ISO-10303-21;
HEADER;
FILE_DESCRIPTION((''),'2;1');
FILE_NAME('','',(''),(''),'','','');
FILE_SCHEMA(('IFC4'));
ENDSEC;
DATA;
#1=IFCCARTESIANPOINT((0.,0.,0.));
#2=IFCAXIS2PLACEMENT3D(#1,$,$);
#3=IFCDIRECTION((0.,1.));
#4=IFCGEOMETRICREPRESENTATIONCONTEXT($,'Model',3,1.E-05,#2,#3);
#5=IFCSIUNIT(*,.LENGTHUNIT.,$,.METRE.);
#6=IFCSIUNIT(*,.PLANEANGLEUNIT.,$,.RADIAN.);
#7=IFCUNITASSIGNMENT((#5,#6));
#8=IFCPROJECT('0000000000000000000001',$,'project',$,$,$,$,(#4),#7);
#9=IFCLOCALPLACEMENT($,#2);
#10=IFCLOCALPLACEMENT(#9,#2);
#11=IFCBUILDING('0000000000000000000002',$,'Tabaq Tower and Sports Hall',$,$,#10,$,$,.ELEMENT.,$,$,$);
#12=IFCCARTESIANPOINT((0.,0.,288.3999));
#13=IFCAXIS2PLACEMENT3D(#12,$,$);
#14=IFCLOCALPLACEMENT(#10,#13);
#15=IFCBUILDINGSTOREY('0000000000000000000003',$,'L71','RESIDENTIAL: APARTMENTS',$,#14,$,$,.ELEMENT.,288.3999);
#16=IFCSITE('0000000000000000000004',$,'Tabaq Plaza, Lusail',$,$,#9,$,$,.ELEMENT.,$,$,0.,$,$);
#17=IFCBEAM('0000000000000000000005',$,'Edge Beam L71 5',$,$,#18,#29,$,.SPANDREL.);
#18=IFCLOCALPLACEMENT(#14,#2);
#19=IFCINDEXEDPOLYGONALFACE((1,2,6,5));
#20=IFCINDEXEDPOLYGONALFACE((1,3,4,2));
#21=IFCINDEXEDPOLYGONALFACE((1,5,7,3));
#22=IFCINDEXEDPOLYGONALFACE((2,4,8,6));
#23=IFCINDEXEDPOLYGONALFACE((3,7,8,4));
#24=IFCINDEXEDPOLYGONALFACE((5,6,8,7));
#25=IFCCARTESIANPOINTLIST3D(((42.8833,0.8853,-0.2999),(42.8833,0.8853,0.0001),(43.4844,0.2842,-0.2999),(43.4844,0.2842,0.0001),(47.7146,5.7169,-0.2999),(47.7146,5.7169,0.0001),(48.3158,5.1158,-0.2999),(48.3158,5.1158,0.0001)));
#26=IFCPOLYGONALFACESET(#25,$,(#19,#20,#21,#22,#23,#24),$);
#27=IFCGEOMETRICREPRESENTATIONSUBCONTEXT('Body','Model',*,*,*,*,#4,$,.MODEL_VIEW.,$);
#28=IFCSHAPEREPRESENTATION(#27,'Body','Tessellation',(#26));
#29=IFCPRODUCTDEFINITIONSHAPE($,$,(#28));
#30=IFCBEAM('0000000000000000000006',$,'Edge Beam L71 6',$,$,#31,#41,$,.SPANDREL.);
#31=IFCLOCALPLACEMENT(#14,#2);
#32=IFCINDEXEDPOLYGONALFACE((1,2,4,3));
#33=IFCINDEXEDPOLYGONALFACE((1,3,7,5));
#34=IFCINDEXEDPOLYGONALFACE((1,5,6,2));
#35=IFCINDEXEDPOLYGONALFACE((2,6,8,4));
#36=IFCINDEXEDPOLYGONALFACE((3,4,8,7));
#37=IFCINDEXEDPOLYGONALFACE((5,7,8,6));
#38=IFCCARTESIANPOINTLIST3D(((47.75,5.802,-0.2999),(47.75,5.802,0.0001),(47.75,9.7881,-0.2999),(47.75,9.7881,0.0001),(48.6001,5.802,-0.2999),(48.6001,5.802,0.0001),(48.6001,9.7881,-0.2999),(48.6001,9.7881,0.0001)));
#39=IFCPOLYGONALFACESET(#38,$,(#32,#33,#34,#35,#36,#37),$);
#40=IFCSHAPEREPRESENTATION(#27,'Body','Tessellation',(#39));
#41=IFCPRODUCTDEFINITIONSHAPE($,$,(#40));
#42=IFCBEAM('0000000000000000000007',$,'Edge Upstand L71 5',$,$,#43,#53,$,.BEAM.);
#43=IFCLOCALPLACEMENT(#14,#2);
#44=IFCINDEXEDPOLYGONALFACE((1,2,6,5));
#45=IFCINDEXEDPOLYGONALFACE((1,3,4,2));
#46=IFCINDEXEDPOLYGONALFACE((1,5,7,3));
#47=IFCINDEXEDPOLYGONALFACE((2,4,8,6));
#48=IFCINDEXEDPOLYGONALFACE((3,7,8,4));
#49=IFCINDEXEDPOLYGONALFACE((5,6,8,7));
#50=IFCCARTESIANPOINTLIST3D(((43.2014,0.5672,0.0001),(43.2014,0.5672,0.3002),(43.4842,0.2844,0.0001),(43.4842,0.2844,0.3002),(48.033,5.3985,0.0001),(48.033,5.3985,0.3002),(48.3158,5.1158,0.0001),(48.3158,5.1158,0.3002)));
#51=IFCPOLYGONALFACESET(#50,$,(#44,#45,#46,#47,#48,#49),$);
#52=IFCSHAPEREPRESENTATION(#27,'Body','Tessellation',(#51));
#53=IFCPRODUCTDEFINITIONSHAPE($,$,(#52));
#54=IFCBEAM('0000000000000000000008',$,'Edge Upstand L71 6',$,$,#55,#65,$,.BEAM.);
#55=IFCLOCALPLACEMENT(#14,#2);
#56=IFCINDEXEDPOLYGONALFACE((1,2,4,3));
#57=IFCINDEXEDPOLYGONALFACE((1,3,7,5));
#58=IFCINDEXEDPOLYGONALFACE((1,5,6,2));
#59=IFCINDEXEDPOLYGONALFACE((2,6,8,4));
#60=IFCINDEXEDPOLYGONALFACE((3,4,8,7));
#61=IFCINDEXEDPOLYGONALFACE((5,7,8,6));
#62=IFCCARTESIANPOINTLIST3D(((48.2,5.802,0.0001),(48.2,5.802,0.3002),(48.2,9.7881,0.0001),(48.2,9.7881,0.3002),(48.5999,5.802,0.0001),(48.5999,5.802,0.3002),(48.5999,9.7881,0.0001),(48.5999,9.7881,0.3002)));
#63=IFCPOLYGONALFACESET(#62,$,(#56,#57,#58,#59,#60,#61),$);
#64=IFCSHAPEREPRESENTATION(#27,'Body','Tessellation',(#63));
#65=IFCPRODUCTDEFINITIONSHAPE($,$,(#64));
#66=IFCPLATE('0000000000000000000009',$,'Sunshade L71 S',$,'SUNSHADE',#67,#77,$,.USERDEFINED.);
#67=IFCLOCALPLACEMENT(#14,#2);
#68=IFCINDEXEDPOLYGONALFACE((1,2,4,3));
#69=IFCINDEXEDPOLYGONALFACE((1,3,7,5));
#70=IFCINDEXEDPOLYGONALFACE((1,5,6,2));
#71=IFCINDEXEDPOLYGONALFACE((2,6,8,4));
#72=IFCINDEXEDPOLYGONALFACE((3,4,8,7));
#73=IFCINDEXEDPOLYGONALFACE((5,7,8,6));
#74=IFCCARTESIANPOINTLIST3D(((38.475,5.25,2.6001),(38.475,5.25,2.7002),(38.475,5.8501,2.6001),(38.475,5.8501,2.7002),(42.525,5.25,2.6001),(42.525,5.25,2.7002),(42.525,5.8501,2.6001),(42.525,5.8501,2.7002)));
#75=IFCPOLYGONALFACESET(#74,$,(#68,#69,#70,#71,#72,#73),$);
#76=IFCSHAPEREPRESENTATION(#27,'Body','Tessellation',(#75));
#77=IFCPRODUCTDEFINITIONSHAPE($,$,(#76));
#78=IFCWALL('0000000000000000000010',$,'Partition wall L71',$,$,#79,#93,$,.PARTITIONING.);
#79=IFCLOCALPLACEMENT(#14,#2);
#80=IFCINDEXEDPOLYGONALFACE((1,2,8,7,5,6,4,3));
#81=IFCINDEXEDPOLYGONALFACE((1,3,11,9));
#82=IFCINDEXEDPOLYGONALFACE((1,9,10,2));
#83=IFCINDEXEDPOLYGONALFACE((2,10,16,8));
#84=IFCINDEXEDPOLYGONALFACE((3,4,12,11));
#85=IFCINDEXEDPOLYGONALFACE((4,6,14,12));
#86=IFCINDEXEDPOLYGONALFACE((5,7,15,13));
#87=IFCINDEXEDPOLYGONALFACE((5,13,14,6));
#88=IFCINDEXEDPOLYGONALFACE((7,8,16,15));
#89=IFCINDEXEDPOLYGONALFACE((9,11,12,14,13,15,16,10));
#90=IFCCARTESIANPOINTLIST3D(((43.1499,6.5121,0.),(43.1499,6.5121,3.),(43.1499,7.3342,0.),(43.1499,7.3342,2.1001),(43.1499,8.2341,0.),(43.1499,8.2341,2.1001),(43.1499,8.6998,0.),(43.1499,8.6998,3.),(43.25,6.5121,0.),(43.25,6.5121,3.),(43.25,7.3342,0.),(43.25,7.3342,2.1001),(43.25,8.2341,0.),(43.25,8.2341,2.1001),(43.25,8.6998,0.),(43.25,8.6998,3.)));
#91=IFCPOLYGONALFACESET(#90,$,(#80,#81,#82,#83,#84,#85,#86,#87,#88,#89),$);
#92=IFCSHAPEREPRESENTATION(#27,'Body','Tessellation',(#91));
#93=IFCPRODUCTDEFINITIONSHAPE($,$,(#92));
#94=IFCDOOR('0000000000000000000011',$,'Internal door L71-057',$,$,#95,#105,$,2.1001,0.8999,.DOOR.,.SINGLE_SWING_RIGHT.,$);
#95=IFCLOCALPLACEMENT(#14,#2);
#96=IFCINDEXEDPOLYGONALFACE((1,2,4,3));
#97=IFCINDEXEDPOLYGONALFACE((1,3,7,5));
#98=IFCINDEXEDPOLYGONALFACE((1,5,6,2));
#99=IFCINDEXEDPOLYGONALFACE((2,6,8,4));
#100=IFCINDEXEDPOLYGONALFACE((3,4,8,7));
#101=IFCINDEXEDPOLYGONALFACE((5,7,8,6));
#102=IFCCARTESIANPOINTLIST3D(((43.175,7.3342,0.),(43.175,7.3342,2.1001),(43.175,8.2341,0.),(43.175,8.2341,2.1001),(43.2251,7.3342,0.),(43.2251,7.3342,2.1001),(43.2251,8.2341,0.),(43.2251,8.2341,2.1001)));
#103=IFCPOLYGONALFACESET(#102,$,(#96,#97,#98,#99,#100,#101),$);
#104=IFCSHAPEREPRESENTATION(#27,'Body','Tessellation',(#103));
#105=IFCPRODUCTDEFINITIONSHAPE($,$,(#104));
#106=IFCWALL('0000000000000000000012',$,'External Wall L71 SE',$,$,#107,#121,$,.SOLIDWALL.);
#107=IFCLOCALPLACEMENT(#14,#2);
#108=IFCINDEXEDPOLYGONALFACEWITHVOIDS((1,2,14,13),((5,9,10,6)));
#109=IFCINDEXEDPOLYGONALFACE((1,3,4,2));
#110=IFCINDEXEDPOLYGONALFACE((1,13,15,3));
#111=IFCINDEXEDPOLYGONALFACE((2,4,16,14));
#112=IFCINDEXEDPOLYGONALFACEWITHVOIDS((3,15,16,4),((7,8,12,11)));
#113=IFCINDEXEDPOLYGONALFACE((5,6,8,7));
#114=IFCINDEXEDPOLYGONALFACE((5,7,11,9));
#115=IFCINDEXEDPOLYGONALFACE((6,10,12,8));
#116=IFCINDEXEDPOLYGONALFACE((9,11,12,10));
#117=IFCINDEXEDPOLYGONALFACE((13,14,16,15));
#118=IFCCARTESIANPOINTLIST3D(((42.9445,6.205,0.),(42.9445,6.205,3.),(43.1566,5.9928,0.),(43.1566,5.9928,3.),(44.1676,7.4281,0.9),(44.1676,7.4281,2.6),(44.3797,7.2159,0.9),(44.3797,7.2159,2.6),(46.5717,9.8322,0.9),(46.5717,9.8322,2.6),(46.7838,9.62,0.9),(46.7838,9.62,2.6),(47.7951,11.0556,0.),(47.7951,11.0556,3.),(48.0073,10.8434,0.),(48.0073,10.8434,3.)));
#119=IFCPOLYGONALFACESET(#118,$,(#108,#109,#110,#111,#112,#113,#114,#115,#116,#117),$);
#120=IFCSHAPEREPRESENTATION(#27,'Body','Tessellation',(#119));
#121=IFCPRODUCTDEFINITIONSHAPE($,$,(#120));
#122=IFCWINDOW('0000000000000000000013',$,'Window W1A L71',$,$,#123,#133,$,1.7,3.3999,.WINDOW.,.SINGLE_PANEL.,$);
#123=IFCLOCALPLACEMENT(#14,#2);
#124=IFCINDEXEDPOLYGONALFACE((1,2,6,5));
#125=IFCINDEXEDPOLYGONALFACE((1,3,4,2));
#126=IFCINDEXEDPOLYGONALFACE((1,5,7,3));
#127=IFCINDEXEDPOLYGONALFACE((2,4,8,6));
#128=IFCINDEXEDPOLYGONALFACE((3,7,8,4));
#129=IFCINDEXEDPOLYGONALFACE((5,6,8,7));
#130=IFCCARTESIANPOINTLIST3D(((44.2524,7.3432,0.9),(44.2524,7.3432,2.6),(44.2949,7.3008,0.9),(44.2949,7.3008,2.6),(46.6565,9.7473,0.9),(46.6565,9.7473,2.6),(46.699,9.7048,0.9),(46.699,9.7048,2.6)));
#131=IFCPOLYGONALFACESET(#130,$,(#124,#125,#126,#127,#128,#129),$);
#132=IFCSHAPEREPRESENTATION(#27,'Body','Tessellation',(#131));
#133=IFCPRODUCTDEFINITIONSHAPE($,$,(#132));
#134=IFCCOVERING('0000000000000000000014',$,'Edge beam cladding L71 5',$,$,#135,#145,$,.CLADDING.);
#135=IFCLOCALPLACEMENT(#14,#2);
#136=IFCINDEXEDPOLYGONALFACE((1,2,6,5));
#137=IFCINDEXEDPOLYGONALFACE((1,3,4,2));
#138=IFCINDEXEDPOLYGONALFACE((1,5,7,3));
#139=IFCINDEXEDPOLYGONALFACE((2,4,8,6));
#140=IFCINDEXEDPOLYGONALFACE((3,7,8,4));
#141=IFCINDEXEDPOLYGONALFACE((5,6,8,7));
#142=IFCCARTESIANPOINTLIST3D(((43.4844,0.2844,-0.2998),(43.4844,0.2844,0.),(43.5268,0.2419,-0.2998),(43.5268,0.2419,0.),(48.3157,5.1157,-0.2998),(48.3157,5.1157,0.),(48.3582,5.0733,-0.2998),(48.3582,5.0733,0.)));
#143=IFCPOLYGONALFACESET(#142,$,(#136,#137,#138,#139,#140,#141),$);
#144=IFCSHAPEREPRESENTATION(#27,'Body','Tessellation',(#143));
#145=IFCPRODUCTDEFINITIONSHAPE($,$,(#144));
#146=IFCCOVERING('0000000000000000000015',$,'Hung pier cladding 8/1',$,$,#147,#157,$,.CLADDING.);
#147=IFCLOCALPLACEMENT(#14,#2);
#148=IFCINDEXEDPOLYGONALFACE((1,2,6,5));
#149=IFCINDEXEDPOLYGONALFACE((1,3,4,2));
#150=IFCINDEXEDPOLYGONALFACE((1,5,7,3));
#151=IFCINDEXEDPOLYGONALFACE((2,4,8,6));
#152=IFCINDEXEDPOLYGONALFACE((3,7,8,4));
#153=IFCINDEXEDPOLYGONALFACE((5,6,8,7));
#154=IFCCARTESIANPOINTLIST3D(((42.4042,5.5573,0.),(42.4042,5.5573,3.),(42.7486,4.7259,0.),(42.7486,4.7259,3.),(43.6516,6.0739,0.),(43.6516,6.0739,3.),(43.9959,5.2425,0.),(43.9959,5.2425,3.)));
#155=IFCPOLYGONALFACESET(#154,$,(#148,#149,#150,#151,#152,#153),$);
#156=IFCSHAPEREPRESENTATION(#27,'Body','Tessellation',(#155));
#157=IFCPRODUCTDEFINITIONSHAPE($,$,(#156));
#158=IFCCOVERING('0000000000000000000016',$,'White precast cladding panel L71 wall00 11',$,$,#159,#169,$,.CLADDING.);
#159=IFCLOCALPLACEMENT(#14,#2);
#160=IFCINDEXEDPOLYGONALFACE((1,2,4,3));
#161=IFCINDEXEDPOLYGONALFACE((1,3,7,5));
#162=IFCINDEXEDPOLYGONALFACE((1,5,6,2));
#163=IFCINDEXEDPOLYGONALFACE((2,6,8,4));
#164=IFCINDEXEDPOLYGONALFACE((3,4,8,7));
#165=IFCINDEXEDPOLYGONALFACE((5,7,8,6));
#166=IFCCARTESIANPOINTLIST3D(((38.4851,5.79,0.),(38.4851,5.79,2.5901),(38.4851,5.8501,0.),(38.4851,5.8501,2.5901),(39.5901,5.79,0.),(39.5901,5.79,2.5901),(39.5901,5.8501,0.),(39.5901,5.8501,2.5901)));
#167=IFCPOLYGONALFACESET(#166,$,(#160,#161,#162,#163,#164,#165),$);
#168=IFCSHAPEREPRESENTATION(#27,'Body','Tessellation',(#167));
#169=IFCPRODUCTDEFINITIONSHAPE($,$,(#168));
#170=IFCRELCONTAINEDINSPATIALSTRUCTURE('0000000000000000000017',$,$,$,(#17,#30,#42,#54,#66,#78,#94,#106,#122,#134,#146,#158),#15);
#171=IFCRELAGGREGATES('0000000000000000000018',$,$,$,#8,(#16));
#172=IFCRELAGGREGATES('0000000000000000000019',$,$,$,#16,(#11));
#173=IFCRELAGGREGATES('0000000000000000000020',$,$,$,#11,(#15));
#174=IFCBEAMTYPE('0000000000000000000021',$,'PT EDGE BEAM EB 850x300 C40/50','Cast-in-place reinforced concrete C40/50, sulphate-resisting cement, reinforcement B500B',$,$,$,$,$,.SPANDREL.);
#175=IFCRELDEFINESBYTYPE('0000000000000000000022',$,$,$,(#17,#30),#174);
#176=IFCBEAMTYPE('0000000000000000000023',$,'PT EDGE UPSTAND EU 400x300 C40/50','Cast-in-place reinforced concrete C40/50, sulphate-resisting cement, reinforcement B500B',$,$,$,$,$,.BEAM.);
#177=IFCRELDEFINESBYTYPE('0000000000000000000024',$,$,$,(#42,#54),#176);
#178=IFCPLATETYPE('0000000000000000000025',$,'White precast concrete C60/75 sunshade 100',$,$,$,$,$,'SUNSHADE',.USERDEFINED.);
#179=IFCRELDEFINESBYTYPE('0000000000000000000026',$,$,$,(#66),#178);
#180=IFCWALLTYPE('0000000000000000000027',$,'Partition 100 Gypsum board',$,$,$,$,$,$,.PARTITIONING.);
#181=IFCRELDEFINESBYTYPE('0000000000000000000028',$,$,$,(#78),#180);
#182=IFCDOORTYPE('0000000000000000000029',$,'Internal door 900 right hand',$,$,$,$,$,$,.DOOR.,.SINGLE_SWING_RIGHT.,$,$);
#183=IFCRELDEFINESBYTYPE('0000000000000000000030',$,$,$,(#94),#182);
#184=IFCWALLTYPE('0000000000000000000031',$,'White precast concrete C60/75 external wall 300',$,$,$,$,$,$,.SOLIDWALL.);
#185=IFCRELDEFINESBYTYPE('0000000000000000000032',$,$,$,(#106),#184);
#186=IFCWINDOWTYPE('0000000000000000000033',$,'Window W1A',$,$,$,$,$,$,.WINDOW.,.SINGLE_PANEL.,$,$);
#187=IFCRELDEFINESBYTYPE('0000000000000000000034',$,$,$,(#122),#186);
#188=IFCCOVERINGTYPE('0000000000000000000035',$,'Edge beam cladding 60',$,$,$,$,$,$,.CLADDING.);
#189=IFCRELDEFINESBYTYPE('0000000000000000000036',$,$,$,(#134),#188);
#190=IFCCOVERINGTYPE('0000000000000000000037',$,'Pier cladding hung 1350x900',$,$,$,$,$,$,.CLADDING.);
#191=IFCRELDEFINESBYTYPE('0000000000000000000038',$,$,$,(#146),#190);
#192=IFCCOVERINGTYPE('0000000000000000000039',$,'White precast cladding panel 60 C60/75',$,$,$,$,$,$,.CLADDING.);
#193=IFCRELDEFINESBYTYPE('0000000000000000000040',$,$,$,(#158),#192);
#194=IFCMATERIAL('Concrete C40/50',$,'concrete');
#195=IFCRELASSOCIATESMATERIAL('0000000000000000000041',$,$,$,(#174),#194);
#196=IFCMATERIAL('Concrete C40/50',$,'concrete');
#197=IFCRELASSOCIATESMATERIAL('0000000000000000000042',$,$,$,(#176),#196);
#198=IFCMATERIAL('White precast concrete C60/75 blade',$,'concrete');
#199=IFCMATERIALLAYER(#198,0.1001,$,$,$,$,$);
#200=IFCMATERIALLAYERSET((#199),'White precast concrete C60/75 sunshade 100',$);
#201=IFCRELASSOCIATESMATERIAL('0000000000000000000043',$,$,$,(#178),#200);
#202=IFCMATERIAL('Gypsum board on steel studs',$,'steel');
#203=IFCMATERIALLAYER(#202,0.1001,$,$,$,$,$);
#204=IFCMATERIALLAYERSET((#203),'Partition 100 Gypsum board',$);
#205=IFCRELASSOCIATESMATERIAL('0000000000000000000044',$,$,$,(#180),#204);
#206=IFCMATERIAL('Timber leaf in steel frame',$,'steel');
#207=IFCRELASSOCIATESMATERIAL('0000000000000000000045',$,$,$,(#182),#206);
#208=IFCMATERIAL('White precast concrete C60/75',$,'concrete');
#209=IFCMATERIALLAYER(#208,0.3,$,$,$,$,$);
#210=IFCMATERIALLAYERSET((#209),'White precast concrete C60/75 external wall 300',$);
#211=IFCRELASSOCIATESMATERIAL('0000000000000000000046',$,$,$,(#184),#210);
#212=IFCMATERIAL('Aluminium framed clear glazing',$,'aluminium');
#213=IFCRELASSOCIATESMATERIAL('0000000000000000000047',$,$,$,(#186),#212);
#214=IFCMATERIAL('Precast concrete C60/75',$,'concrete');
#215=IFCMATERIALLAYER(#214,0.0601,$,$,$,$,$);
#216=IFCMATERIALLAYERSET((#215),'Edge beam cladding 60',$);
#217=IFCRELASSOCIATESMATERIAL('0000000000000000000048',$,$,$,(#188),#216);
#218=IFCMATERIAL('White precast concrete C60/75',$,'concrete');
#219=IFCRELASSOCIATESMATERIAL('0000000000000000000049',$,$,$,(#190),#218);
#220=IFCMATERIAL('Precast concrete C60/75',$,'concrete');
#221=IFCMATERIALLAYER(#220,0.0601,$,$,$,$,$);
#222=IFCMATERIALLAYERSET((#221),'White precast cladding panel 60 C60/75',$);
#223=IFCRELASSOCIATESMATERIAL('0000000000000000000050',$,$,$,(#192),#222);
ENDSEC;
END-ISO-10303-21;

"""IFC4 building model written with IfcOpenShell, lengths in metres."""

from ifc_helpers import new_model, si_unit, direction, frame, frame_2d, origin, origin_2d, place, context, subcontext, project, spatial, rectangle, extrude, material, layer, layer_set, material_profile, profile_set, type_object, element, fill, save


model = new_model("IFC4")

# Units and contexts
model_context = context("Model", 3, precision=1e-05, world=origin(), true_north=direction((0.0, 1.0)))
body_context = subcontext(model_context, "Body", "Model", "MODEL_VIEW")
ifc_project = project(units=[si_unit("LENGTHUNIT", "METRE"), si_unit("PLANEANGLEUNIT", "RADIAN")], contexts=[model_context])

# Site, building, storey
site_placement = place(None, origin())
site = spatial("IfcSite", under=ifc_project, at=site_placement, Name="Tabaq Plaza, Lusail", CompositionType="ELEMENT", RefElevation=0.0)
building_placement = place(site_placement, origin())
building = spatial("IfcBuilding", under=site, at=building_placement, Name="Tabaq Tower and Sports Hall", CompositionType="ELEMENT")
storey_placement = place(building_placement, frame((0.0, 0.0, 288.3999)))
storey = spatial("IfcBuildingStorey", under=building, at=storey_placement, Name="L71", Description="RESIDENTIAL: APARTMENTS", CompositionType="ELEMENT", Elevation=288.3999)

# Beams
ifc_material_1 = material(Name="Concrete C40/50", Category="concrete")
ifc_material_profile_1 = material_profile(ifc_material_1, rectangle(XDim=0.8501, YDim=0.3, at=origin_2d()), Name="EB 850x300")
ifc_profile_set_1 = profile_set([ifc_material_profile_1], Name="Concrete C40/50")
beam_type_1 = type_object("IfcBeamType", Name="PT EDGE BEAM EB 850x300 C40/50", Description="Cast-in-place reinforced concrete C40/50, sulphate-resisting cement, reinforcement B500B", PredefinedType="SPANDREL", material=ifc_profile_set_1)
beam_1_placement = place(storey_placement, frame((43.1838, 0.5847, -0.1499), z_axis=(0.707089, 0.707125, 0.0), x_axis=(-0.707125, 0.707089, 0.0)))
element("IfcBeam", 1, at=beam_1_placement, inside=storey, type_object=beam_type_1, Name="Edge Beam L71 5", PredefinedType="SPANDREL", context=body_context, shape_type="SweptSolid", body=[
    extrude(rectangle(XDim=0.8501, YDim=0.3, at=origin_2d()), origin(), (0.0, 0.0, 1.0), 6.8328),
])
beam_2_placement = place(storey_placement, frame((48.175, 5.802, -0.1499), z_axis=(0.0, 1.0, 0.0), x_axis=(-1.0, 0.0, 0.0)))
element("IfcBeam", 2, at=beam_2_placement, inside=storey, type_object=beam_type_1, Name="Edge Beam L71 6", PredefinedType="SPANDREL", context=body_context, shape_type="SweptSolid", body=[
    extrude(rectangle(XDim=0.8501, YDim=0.3, at=origin_2d()), origin(), (0.0, 0.0, 1.0), 3.9861),
])
ifc_material_2 = material(Name="Concrete C40/50", Category="concrete")
ifc_material_profile_2 = material_profile(ifc_material_2, rectangle(XDim=0.3999, YDim=0.3, at=origin_2d()), Name="EU 400x300")
ifc_profile_set_2 = profile_set([ifc_material_profile_2], Name="Concrete C40/50")
beam_type_2 = type_object("IfcBeamType", Name="PT EDGE UPSTAND EU 400x300 C40/50", Description="Cast-in-place reinforced concrete C40/50, sulphate-resisting cement, reinforcement B500B", PredefinedType="BEAM", material=ifc_profile_set_2)
beam_3_placement = place(storey_placement, frame((43.3428, 0.4258, 0.1501), z_axis=(0.707125, 0.707089, 0.0), x_axis=(-0.707089, 0.707125, 0.0)))
element("IfcBeam", 3, at=beam_3_placement, inside=storey, type_object=beam_type_2, Name="Edge Upstand L71 5", PredefinedType="BEAM", context=body_context, shape_type="SweptSolid", body=[
    extrude(rectangle(XDim=0.3999, YDim=0.3, at=origin_2d()), origin(), (0.0, 0.0, 1.0), 6.8328),
])
beam_4_placement = place(storey_placement, frame((48.3999, 5.802, 0.1501), z_axis=(0.0, 1.0, 0.0), x_axis=(-1.0, 0.0, 0.0)))
element("IfcBeam", 4, at=beam_4_placement, inside=storey, type_object=beam_type_2, Name="Edge Upstand L71 6", PredefinedType="BEAM", context=body_context, shape_type="SweptSolid", body=[
    extrude(rectangle(XDim=0.3999, YDim=0.3, at=origin_2d()), origin(), (0.0, 0.0, 1.0), 3.9861),
])

# Plate
ifc_material_3 = material(Name="White precast concrete C60/75 blade", Category="concrete")
ifc_layer_1 = layer(ifc_material_3, 0.1001)
ifc_layer_set_1 = layer_set([ifc_layer_1], Name="White precast concrete C60/75 sunshade 100")
plate_type = type_object("IfcPlateType", Name="White precast concrete C60/75 sunshade 100", ElementType="SUNSHADE", PredefinedType="USERDEFINED", material=ifc_layer_set_1)
plate_placement = place(storey_placement, frame((40.5, 5.55, 2.6001), z_axis=(0.0, 0.0, 1.0), x_axis=(1.0, 0.0, 0.0)))
element("IfcPlate", 5, at=plate_placement, inside=storey, type_object=plate_type, Name="Sunshade L71 S", ObjectType="SUNSHADE", PredefinedType="USERDEFINED", context=body_context, shape_type="SweptSolid", body=[
    extrude(rectangle(XDim=4.05, YDim=0.6001, at=origin_2d()), origin(), (0.0, 0.0, 1.0), 0.1001),
])

# Wall, opening, door
ifc_material_4 = material(Name="Gypsum board on steel studs", Category="steel")
ifc_layer_2 = layer(ifc_material_4, 0.1001)
ifc_layer_set_2 = layer_set([ifc_layer_2], Name="Partition 100 Gypsum board")
wall_type_1 = type_object("IfcWallType", Name="Partition 100 Gypsum board", PredefinedType="PARTITIONING", material=ifc_layer_set_2)
wall_1_placement = place(storey_placement, frame((43.2, 6.5122, 0.0), z_axis=(0.0, 0.0, 1.0), x_axis=(0.0, 1.0, 0.0)))
wall_1 = element("IfcWall", 6, at=wall_1_placement, inside=storey, type_object=wall_type_1, Name="Partition wall L71", PredefinedType="PARTITIONING", context=body_context, shape_type="SweptSolid", body=[
    extrude(rectangle(XDim=2.1877, YDim=0.1001, at=frame_2d((1.0938, 0.0))), origin(), (0.0, 0.0, 1.0), 3.0),
])
opening_1_placement = place(wall_1_placement, frame((0.822, 0.0, 0.0)))
opening_1 = element("IfcOpeningElement", 7, at=opening_1_placement, cuts=wall_1, PredefinedType="OPENING", context=body_context, shape_type="SweptSolid", body=[
    extrude(rectangle(XDim=0.8999, YDim=2.1001, at=frame_2d((0.45, 1.05))), frame((0.0, 0.05, 0.0), z_axis=(0.0, -1.0, 0.0), x_axis=(1.0, 0.0, 0.0)), (0.0, 0.0, 1.0), 0.1001),
])
ifc_material_5 = material(Name="Timber leaf in steel frame", Category="steel")
door_type = type_object("IfcDoorType", Name="Internal door 900 right hand", OperationType="SINGLE_SWING_RIGHT", PredefinedType="DOOR", material=ifc_material_5)
door_placement = place(opening_1_placement, origin())
door = element("IfcDoor", 8, at=door_placement, inside=storey, type_object=door_type, Name="Internal door L71-057", OperationType="SINGLE_SWING_RIGHT", OverallHeight=2.1001, OverallWidth=0.8999, PredefinedType="DOOR", context=body_context, shape_type="SweptSolid", body=[
    extrude(rectangle(XDim=0.8999, YDim=2.1001, at=frame_2d((0.45, 1.05))), frame((0.0, 0.0249, 0.0), z_axis=(0.0, -1.0, 0.0), x_axis=(1.0, 0.0, 0.0)), (0.0, 0.0, 1.0), 0.05),
])
fill(opening_1, door)

# Wall, opening, window
ifc_material_6 = material(Name="White precast concrete C60/75", Category="concrete")
ifc_layer_3 = layer(ifc_material_6, 0.3)
ifc_layer_set_3 = layer_set([ifc_layer_3], Name="White precast concrete C60/75 external wall 300")
wall_type_2 = type_object("IfcWallType", Name="White precast concrete C60/75 external wall 300", PredefinedType="SOLIDWALL", material=ifc_layer_set_3)
wall_2_placement = place(storey_placement, frame((43.0505, 6.0989, 0.0), z_axis=(0.0, 0.0, 1.0), x_axis=(0.707107, 0.707107, 0.0)))
wall_2 = element("IfcWall", 9, at=wall_2_placement, inside=storey, type_object=wall_type_2, Name="External Wall L71 SE", PredefinedType="SOLIDWALL", context=body_context, shape_type="SweptSolid", body=[
    extrude(rectangle(XDim=6.8599, YDim=0.3, at=frame_2d((3.4299, 0.0))), origin(), (0.0, 0.0, 1.0), 3.0),
])
opening_2_placement = place(wall_2_placement, frame((1.7297, 0.0, 0.8999)))
opening_2 = element("IfcOpeningElement", 10, at=opening_2_placement, cuts=wall_2, PredefinedType="OPENING", context=body_context, shape_type="SweptSolid", body=[
    extrude(rectangle(XDim=3.3999, YDim=1.7, at=frame_2d((1.7, 0.8501))), frame((0.0, 0.1602, 0.0), z_axis=(0.0, -1.0, 0.0), x_axis=(1.0, 0.0, 0.0)), (0.0, 0.0, 1.0), 0.3201),
])
ifc_material_7 = material(Name="Aluminium framed clear glazing", Category="aluminium")
window_type = type_object("IfcWindowType", Name="Window W1A", PartitioningType="SINGLE_PANEL", PredefinedType="WINDOW", material=ifc_material_7)
window_placement = place(opening_2_placement, origin())
window = element("IfcWindow", 11, at=window_placement, inside=storey, type_object=window_type, Name="Window W1A L71", OverallHeight=1.7, OverallWidth=3.3999, PartitioningType="SINGLE_PANEL", PredefinedType="WINDOW", context=body_context, shape_type="SweptSolid", body=[
    extrude(rectangle(XDim=3.3999, YDim=1.7, at=frame_2d((1.7, 0.8501))), frame((0.0, 0.03, 0.0), z_axis=(0.0, -1.0, 0.0), x_axis=(1.0, 0.0, 0.0)), (0.0, 0.0, 1.0), 0.0601),
])
fill(opening_2, window)

# Coverings
ifc_material_8 = material(Name="Precast concrete C60/75", Category="concrete")
ifc_layer_4 = layer(ifc_material_8, 0.0601)
ifc_layer_set_4 = layer_set([ifc_layer_4], Name="Edge beam cladding 60")
covering_type_1 = type_object("IfcCoveringType", Name="Edge beam cladding 60", PredefinedType="CLADDING", material=ifc_layer_set_4)
covering_1_placement = place(storey_placement, frame((43.5056, 0.2632, -0.2998), z_axis=(0.0, 0.0, 1.0), x_axis=(0.707107, 0.707107, 0.0)))
element("IfcCovering", 12, at=covering_1_placement, inside=storey, type_object=covering_type_1, Name="Edge beam cladding L71 5", PredefinedType="CLADDING", context=body_context, shape_type="SweptSolid", body=[
    extrude(rectangle(XDim=6.8325, YDim=0.0601, at=frame_2d((3.4163, 0.0))), origin(), (0.0, 0.0, 1.0), 0.2998),
])
ifc_material_9 = material(Name="White precast concrete C60/75", Category="concrete")
covering_type_2 = type_object("IfcCoveringType", Name="Pier cladding hung 1350x900", PredefinedType="CLADDING", material=ifc_material_9)
covering_2_placement = place(storey_placement, frame((42.5764, 5.1416, 0.0), z_axis=(0.0, 0.0, 1.0), x_axis=(0.923893, 0.38265, 0.0)))
element("IfcCovering", 13, at=covering_2_placement, inside=storey, type_object=covering_type_2, Name="Hung pier cladding 8/1", PredefinedType="CLADDING", context=body_context, shape_type="SweptSolid", body=[
    extrude(rectangle(XDim=1.3501, YDim=0.8999, at=frame_2d((0.675, 0.0))), origin(), (0.0, 0.0, 1.0), 3.0),
])
ifc_material_10 = material(Name="Precast concrete C60/75", Category="concrete")
ifc_layer_5 = layer(ifc_material_10, 0.0601)
ifc_layer_set_5 = layer_set([ifc_layer_5], Name="White precast cladding panel 60 C60/75")
covering_type_3 = type_object("IfcCoveringType", Name="White precast cladding panel 60 C60/75", PredefinedType="CLADDING", material=ifc_layer_set_5)
covering_3_placement = place(storey_placement, frame((38.4851, 5.8201, 0.0), z_axis=(0.0, 0.0, 1.0), x_axis=(1.0, 0.0, 0.0)))
element("IfcCovering", 14, at=covering_3_placement, inside=storey, type_object=covering_type_3, Name="White precast cladding panel L71 wall00 11", PredefinedType="CLADDING", context=body_context, shape_type="SweptSolid", body=[
    extrude(rectangle(XDim=1.105, YDim=0.0601, at=frame_2d((0.5525, 0.0))), origin(), (0.0, 0.0, 1.0), 2.5901),
])

save(model, "model.ifc")
